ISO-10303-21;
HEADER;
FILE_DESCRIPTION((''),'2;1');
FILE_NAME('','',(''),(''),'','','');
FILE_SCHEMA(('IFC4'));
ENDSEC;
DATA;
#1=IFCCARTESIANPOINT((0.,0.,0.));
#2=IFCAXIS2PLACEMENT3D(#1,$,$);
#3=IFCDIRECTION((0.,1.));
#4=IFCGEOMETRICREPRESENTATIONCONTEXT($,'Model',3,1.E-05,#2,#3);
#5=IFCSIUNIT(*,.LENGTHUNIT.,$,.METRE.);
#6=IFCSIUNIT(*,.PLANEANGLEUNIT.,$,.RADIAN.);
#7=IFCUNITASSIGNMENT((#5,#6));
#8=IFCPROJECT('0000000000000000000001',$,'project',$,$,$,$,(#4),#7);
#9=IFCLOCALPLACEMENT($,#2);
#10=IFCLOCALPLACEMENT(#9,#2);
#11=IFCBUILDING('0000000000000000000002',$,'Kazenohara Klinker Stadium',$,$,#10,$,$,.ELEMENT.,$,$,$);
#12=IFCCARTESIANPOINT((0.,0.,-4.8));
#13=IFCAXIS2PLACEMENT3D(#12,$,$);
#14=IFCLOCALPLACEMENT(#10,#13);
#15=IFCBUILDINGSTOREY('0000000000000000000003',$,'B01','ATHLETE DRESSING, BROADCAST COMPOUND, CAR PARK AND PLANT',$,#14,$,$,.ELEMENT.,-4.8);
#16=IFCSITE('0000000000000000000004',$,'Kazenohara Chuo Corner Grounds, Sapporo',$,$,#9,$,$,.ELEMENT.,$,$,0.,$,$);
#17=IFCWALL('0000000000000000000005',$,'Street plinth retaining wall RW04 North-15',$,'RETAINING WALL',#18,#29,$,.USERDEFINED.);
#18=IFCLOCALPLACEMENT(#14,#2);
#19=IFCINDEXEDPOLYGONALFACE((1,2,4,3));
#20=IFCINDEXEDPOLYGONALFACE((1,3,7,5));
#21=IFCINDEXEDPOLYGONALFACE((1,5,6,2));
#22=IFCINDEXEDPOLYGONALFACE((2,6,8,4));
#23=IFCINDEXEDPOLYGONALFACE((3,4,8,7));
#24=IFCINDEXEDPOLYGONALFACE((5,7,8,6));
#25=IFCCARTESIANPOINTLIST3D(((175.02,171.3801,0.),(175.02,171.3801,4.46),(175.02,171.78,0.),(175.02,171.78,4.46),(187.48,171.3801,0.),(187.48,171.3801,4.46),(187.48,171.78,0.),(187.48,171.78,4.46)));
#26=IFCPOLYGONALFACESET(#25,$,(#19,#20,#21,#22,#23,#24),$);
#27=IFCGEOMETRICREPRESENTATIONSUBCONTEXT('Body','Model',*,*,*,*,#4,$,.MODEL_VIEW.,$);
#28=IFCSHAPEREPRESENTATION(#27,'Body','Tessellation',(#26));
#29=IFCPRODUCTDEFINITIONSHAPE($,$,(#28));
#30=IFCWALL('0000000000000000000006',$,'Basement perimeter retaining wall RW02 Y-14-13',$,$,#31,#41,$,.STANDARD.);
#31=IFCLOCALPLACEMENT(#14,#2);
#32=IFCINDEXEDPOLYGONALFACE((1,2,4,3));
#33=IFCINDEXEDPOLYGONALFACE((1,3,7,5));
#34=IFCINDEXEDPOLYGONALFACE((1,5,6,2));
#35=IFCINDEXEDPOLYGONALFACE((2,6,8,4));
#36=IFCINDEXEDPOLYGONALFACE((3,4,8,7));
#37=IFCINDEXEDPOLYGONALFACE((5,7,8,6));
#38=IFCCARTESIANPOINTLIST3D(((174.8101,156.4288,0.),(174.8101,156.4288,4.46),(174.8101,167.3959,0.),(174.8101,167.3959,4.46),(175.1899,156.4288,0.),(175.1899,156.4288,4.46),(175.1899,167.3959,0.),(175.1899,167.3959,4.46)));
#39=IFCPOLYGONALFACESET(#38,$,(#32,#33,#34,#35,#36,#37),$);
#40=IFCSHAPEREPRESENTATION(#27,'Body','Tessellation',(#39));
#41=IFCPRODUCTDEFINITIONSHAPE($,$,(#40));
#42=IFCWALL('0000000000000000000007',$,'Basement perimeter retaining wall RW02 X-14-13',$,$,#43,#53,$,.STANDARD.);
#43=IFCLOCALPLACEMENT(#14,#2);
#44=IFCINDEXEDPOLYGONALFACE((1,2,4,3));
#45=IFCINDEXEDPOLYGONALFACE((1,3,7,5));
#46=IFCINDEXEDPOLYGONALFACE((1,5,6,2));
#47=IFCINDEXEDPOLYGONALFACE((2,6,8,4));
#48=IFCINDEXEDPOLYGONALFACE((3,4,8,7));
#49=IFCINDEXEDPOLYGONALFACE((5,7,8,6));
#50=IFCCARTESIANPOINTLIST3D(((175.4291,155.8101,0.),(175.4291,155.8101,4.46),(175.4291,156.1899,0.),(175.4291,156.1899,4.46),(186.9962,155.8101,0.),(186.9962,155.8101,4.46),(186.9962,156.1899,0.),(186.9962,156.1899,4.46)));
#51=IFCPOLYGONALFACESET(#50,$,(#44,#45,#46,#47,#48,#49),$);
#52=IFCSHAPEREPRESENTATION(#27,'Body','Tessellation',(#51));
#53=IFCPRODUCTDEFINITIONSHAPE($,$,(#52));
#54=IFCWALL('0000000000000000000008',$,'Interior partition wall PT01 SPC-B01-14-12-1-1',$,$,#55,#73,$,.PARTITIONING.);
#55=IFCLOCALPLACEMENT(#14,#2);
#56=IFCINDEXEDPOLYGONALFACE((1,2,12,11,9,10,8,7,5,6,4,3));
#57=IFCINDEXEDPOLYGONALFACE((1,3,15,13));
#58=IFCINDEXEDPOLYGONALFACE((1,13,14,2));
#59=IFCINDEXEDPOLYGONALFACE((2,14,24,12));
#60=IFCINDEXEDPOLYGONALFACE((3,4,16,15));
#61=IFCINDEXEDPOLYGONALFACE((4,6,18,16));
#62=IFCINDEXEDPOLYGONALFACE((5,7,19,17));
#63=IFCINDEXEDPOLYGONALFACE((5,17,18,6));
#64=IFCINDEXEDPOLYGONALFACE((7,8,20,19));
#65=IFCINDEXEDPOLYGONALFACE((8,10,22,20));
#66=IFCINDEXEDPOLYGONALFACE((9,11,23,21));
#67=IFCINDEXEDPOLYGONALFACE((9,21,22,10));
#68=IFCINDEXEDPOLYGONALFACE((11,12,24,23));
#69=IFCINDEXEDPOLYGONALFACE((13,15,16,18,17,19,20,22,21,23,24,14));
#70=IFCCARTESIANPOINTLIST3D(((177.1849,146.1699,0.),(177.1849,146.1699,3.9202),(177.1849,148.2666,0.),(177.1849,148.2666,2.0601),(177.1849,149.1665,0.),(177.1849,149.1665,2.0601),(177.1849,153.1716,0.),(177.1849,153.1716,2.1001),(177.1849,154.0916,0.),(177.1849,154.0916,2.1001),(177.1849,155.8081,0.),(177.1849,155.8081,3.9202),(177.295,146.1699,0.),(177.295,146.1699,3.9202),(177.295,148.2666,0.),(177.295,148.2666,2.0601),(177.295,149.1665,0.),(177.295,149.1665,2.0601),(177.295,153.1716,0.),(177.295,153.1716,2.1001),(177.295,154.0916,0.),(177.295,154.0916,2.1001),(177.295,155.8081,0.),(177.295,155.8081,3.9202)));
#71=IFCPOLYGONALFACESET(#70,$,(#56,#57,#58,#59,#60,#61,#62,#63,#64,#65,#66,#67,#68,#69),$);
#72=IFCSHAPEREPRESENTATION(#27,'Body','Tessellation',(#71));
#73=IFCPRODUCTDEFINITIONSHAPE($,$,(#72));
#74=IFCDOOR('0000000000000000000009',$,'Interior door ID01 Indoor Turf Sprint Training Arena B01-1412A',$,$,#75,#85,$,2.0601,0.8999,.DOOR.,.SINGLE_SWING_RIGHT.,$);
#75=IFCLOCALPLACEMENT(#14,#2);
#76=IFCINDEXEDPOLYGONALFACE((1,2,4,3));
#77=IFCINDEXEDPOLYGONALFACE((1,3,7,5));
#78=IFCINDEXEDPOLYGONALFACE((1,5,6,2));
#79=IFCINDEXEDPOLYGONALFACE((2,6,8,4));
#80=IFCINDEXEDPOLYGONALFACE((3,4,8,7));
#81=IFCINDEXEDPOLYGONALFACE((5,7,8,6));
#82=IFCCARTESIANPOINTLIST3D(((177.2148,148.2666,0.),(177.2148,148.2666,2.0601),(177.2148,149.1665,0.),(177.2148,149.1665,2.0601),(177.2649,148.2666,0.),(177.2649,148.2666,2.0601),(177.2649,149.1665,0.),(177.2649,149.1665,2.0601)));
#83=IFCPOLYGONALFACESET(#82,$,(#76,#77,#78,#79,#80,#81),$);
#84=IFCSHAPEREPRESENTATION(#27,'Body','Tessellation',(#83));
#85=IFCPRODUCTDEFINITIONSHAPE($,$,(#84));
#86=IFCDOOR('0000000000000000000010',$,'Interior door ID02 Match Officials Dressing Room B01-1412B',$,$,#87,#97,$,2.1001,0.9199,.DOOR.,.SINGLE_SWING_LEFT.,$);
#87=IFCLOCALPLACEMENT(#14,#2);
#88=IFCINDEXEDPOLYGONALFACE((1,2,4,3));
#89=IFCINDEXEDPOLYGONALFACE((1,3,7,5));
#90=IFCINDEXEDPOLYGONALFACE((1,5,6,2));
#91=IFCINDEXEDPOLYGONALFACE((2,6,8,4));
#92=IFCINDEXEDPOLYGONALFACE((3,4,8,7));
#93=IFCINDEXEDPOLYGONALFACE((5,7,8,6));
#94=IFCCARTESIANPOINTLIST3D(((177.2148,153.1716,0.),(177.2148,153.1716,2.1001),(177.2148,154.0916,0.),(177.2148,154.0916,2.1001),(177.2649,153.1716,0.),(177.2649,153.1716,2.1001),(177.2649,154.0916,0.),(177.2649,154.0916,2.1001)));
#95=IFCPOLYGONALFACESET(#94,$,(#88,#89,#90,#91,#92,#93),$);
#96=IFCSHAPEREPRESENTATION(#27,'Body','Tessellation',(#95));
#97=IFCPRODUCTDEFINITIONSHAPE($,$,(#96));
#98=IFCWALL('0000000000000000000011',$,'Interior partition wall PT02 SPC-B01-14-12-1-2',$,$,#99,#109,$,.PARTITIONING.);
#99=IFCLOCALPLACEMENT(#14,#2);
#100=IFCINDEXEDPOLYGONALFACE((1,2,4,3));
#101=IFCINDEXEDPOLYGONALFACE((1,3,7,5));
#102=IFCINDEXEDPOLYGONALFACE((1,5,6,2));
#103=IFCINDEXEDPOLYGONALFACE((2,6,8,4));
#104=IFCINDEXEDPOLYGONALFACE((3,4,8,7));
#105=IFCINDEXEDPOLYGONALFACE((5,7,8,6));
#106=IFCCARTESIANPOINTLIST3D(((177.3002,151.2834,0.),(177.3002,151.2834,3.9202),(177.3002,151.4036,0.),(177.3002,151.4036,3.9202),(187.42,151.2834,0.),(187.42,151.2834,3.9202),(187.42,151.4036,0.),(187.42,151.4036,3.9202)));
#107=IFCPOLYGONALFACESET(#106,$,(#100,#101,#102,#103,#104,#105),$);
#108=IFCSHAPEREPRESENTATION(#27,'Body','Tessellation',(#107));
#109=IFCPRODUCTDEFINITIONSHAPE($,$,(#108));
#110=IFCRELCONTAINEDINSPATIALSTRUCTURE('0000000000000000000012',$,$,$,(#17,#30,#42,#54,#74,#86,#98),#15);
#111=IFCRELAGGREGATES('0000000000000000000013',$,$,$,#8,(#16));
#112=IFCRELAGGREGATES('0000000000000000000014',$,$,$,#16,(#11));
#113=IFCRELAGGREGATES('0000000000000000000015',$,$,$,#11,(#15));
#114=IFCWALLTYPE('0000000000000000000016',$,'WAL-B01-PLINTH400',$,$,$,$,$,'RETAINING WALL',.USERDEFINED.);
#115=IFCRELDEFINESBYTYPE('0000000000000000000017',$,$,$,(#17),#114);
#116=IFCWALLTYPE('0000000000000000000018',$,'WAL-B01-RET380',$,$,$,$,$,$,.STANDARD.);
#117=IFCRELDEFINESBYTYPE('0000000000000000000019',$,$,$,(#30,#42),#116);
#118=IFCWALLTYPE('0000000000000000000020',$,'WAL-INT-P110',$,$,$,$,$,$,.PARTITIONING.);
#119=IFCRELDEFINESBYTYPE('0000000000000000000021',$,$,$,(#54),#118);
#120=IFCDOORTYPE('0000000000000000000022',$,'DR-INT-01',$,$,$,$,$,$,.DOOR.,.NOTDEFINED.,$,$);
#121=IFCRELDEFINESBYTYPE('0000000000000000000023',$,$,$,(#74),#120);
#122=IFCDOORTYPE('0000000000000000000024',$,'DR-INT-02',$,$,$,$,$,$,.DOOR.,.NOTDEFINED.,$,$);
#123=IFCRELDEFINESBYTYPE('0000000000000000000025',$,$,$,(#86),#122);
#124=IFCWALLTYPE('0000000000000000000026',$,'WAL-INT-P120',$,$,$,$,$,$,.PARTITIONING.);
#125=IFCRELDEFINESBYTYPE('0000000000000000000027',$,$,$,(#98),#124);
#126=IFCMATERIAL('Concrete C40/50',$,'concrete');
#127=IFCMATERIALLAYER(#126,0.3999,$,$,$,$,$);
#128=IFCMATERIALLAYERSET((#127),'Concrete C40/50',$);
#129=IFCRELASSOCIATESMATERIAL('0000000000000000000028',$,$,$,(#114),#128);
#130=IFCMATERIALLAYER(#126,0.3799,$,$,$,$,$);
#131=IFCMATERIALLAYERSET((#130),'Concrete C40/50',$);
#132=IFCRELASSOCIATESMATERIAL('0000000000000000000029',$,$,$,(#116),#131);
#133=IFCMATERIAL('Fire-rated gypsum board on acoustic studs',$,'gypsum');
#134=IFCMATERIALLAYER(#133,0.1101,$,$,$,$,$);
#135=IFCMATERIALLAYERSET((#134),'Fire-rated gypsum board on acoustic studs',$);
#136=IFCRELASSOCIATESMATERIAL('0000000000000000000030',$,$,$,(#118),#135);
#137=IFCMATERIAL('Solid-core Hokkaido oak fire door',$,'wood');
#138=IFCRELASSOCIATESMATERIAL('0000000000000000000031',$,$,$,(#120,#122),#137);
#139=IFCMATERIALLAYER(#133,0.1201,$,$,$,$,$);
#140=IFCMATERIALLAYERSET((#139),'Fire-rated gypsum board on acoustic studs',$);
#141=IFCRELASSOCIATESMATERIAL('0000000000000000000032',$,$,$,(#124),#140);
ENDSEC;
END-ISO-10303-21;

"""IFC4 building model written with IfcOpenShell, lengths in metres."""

from ifc_helpers import new_model, si_unit, direction, frame, frame_2d, origin, place, context, subcontext, project, spatial, rectangle, extrude, material, layer, layer_set, type_object, element, fill, save


model = new_model("IFC4")

# Units and contexts
model_context = context("Model", 3, precision=1e-05, world=origin(), true_north=direction((0.0, 1.0)))
body_context = subcontext(model_context, "Body", "Model", "MODEL_VIEW")
ifc_project = project(units=[si_unit("LENGTHUNIT", "METRE"), si_unit("PLANEANGLEUNIT", "RADIAN")], contexts=[model_context])

# Site, building, storey
site_placement = place(None, origin())
site = spatial("IfcSite", under=ifc_project, at=site_placement, Name="Kazenohara Chuo Corner Grounds, Sapporo", CompositionType="ELEMENT", RefElevation=0.0)
building_placement = place(site_placement, origin())
building = spatial("IfcBuilding", under=site, at=building_placement, Name="Kazenohara Klinker Stadium", CompositionType="ELEMENT")
storey_placement = place(building_placement, frame((0.0, 0.0, -4.8)))
storey = spatial("IfcBuildingStorey", under=building, at=storey_placement, Name="B01", Description="ATHLETE DRESSING, BROADCAST COMPOUND, CAR PARK AND PLANT", CompositionType="ELEMENT", Elevation=-4.8)

# Shared definitions
ifc_material_1 = material(Name="Concrete C40/50", Category="concrete")

# Walls
ifc_layer_1 = layer(ifc_material_1, 0.3999)
ifc_layer_set_1 = layer_set([ifc_layer_1], Name="Concrete C40/50")
wall_type_1 = type_object("IfcWallType", Name="WAL-B01-PLINTH400", ElementType="RETAINING WALL", PredefinedType="USERDEFINED", material=ifc_layer_set_1)
wall_1_placement = place(storey_placement, frame((175.02, 171.5801, 0.0), z_axis=(0.0, 0.0, 1.0), x_axis=(1.0, 0.0, 0.0)))
element("IfcWall", 1, at=wall_1_placement, inside=storey, type_object=wall_type_1, Name="Street plinth retaining wall RW04 North-15", ObjectType="RETAINING WALL", PredefinedType="USERDEFINED", context=body_context, shape_type="SweptSolid", body=[
    extrude(rectangle(XDim=12.46, YDim=0.3999, at=frame_2d((6.23, 0.0))), origin(), (0.0, 0.0, 1.0), 4.46),
])
ifc_layer_2 = layer(ifc_material_1, 0.3799)
ifc_layer_set_2 = layer_set([ifc_layer_2], Name="Concrete C40/50")
wall_type_2 = type_object("IfcWallType", Name="WAL-B01-RET380", PredefinedType="STANDARD", material=ifc_layer_set_2)
wall_2_placement = place(storey_placement, frame((175.0, 156.429, 0.0), z_axis=(0.0, 0.0, 1.0), x_axis=(0.0, 1.0, 0.0)))
element("IfcWall", 2, at=wall_2_placement, inside=storey, type_object=wall_type_2, Name="Basement perimeter retaining wall RW02 Y-14-13", PredefinedType="STANDARD", context=body_context, shape_type="SweptSolid", body=[
    extrude(rectangle(XDim=10.967, YDim=0.3799, at=frame_2d((5.4834, 0.0))), origin(), (0.0, 0.0, 1.0), 4.46),
])
wall_3_placement = place(storey_placement, frame((175.429, 156.0, 0.0), z_axis=(0.0, 0.0, 1.0), x_axis=(1.0, 0.0, 0.0)))
element("IfcWall", 3, at=wall_3_placement, inside=storey, type_object=wall_type_2, Name="Basement perimeter retaining wall RW02 X-14-13", PredefinedType="STANDARD", context=body_context, shape_type="SweptSolid", body=[
    extrude(rectangle(XDim=11.5671, YDim=0.3799, at=frame_2d((5.7837, 0.0))), origin(), (0.0, 0.0, 1.0), 4.46),
])

# Wall, openings, doors
ifc_material_2 = material(Name="Fire-rated gypsum board on acoustic studs", Category="gypsum")
ifc_layer_3 = layer(ifc_material_2, 0.1101)
ifc_layer_set_3 = layer_set([ifc_layer_3], Name="Fire-rated gypsum board on acoustic studs")
wall_type_3 = type_object("IfcWallType", Name="WAL-INT-P110", PredefinedType="PARTITIONING", material=ifc_layer_set_3)
wall_4_placement = place(storey_placement, frame((177.24, 146.1699, 0.0), z_axis=(0.0, 0.0, 1.0), x_axis=(0.0, 1.0, 0.0)))
wall_4 = element("IfcWall", 4, at=wall_4_placement, inside=storey, type_object=wall_type_3, Name="Interior partition wall PT01 SPC-B01-14-12-1-1", PredefinedType="PARTITIONING", context=body_context, shape_type="SweptSolid", body=[
    extrude(rectangle(XDim=9.6382, YDim=0.1101, at=frame_2d((4.8191, 0.0))), origin(), (0.0, 0.0, 1.0), 3.9202),
])
opening_1_placement = place(wall_4_placement, frame((2.9966, 0.0, 0.0), z_axis=(0.0, 0.0, 1.0), x_axis=(-1.0, 0.0, 0.0)))
opening_1 = element("IfcOpeningElement", 5, at=opening_1_placement, cuts=wall_4, PredefinedType="OPENING", context=body_context, shape_type="SweptSolid", body=[
    extrude(rectangle(XDim=0.8999, YDim=2.0601, at=frame_2d((0.45, 1.03))), frame((0.0, 0.0649, 0.0), z_axis=(0.0, -1.0, 0.0), x_axis=(1.0, 0.0, 0.0)), (0.0, 0.0, 1.0), 0.1301),
])
opening_2_placement = place(wall_4_placement, frame((7.9216, 0.0, 0.0), z_axis=(0.0, 0.0, 1.0), x_axis=(-1.0, 0.0, 0.0)))
opening_2 = element("IfcOpeningElement", 6, at=opening_2_placement, cuts=wall_4, PredefinedType="OPENING", context=body_context, shape_type="SweptSolid", body=[
    extrude(rectangle(XDim=0.9199, YDim=2.1001, at=frame_2d((0.46, 1.05))), frame((0.0, 0.0649, 0.0), z_axis=(0.0, -1.0, 0.0), x_axis=(1.0, 0.0, 0.0)), (0.0, 0.0, 1.0), 0.1301),
])
ifc_material_3 = material(Name="Solid-core Hokkaido oak fire door", Category="wood")
door_type_1 = type_object("IfcDoorType", Name="DR-INT-01", OperationType="NOTDEFINED", PredefinedType="DOOR", material=ifc_material_3)
door_1_placement = place(opening_1_placement, origin())
door_1 = element("IfcDoor", 7, at=door_1_placement, inside=storey, type_object=door_type_1, Name="Interior door ID01 Indoor Turf Sprint Training Arena B01-1412A", OperationType="SINGLE_SWING_RIGHT", OverallHeight=2.0601, OverallWidth=0.8999, PredefinedType="DOOR", context=body_context, shape_type="SweptSolid", body=[
    extrude(rectangle(XDim=0.8999, YDim=2.0601, at=frame_2d((0.45, 1.03))), frame((0.0, 0.0249, 0.0), z_axis=(0.0, -1.0, 0.0), x_axis=(1.0, 0.0, 0.0)), (0.0, 0.0, 1.0), 0.05),
])
fill(opening_1, door_1)
door_type_2 = type_object("IfcDoorType", Name="DR-INT-02", OperationType="NOTDEFINED", PredefinedType="DOOR", material=ifc_material_3)
door_2_placement = place(opening_2_placement, origin())
door_2 = element("IfcDoor", 8, at=door_2_placement, inside=storey, type_object=door_type_2, Name="Interior door ID02 Match Officials Dressing Room B01-1412B", OperationType="SINGLE_SWING_LEFT", OverallHeight=2.1001, OverallWidth=0.9199, PredefinedType="DOOR", context=body_context, shape_type="SweptSolid", body=[
    extrude(rectangle(XDim=0.9199, YDim=2.1001, at=frame_2d((0.46, 1.05))), frame((0.0, 0.0249, 0.0), z_axis=(0.0, -1.0, 0.0), x_axis=(1.0, 0.0, 0.0)), (0.0, 0.0, 1.0), 0.05),
])
fill(opening_2, door_2)

# Wall
ifc_layer_4 = layer(ifc_material_2, 0.1201)
ifc_layer_set_4 = layer_set([ifc_layer_4], Name="Fire-rated gypsum board on acoustic studs")
wall_type_4 = type_object("IfcWallType", Name="WAL-INT-P120", PredefinedType="PARTITIONING", material=ifc_layer_set_4)
wall_5_placement = place(storey_placement, frame((177.3, 151.3435, 0.0), z_axis=(0.0, 0.0, 1.0), x_axis=(1.0, 0.0, 0.0)))
element("IfcWall", 9, at=wall_5_placement, inside=storey, type_object=wall_type_4, Name="Interior partition wall PT02 SPC-B01-14-12-1-2", PredefinedType="PARTITIONING", context=body_context, shape_type="SweptSolid", body=[
    extrude(rectangle(XDim=10.1199, YDim=0.1201, at=frame_2d((5.0601, 0.0))), origin(), (0.0, 0.0, 1.0), 3.9202),
])

save(model, "model.ifc")
